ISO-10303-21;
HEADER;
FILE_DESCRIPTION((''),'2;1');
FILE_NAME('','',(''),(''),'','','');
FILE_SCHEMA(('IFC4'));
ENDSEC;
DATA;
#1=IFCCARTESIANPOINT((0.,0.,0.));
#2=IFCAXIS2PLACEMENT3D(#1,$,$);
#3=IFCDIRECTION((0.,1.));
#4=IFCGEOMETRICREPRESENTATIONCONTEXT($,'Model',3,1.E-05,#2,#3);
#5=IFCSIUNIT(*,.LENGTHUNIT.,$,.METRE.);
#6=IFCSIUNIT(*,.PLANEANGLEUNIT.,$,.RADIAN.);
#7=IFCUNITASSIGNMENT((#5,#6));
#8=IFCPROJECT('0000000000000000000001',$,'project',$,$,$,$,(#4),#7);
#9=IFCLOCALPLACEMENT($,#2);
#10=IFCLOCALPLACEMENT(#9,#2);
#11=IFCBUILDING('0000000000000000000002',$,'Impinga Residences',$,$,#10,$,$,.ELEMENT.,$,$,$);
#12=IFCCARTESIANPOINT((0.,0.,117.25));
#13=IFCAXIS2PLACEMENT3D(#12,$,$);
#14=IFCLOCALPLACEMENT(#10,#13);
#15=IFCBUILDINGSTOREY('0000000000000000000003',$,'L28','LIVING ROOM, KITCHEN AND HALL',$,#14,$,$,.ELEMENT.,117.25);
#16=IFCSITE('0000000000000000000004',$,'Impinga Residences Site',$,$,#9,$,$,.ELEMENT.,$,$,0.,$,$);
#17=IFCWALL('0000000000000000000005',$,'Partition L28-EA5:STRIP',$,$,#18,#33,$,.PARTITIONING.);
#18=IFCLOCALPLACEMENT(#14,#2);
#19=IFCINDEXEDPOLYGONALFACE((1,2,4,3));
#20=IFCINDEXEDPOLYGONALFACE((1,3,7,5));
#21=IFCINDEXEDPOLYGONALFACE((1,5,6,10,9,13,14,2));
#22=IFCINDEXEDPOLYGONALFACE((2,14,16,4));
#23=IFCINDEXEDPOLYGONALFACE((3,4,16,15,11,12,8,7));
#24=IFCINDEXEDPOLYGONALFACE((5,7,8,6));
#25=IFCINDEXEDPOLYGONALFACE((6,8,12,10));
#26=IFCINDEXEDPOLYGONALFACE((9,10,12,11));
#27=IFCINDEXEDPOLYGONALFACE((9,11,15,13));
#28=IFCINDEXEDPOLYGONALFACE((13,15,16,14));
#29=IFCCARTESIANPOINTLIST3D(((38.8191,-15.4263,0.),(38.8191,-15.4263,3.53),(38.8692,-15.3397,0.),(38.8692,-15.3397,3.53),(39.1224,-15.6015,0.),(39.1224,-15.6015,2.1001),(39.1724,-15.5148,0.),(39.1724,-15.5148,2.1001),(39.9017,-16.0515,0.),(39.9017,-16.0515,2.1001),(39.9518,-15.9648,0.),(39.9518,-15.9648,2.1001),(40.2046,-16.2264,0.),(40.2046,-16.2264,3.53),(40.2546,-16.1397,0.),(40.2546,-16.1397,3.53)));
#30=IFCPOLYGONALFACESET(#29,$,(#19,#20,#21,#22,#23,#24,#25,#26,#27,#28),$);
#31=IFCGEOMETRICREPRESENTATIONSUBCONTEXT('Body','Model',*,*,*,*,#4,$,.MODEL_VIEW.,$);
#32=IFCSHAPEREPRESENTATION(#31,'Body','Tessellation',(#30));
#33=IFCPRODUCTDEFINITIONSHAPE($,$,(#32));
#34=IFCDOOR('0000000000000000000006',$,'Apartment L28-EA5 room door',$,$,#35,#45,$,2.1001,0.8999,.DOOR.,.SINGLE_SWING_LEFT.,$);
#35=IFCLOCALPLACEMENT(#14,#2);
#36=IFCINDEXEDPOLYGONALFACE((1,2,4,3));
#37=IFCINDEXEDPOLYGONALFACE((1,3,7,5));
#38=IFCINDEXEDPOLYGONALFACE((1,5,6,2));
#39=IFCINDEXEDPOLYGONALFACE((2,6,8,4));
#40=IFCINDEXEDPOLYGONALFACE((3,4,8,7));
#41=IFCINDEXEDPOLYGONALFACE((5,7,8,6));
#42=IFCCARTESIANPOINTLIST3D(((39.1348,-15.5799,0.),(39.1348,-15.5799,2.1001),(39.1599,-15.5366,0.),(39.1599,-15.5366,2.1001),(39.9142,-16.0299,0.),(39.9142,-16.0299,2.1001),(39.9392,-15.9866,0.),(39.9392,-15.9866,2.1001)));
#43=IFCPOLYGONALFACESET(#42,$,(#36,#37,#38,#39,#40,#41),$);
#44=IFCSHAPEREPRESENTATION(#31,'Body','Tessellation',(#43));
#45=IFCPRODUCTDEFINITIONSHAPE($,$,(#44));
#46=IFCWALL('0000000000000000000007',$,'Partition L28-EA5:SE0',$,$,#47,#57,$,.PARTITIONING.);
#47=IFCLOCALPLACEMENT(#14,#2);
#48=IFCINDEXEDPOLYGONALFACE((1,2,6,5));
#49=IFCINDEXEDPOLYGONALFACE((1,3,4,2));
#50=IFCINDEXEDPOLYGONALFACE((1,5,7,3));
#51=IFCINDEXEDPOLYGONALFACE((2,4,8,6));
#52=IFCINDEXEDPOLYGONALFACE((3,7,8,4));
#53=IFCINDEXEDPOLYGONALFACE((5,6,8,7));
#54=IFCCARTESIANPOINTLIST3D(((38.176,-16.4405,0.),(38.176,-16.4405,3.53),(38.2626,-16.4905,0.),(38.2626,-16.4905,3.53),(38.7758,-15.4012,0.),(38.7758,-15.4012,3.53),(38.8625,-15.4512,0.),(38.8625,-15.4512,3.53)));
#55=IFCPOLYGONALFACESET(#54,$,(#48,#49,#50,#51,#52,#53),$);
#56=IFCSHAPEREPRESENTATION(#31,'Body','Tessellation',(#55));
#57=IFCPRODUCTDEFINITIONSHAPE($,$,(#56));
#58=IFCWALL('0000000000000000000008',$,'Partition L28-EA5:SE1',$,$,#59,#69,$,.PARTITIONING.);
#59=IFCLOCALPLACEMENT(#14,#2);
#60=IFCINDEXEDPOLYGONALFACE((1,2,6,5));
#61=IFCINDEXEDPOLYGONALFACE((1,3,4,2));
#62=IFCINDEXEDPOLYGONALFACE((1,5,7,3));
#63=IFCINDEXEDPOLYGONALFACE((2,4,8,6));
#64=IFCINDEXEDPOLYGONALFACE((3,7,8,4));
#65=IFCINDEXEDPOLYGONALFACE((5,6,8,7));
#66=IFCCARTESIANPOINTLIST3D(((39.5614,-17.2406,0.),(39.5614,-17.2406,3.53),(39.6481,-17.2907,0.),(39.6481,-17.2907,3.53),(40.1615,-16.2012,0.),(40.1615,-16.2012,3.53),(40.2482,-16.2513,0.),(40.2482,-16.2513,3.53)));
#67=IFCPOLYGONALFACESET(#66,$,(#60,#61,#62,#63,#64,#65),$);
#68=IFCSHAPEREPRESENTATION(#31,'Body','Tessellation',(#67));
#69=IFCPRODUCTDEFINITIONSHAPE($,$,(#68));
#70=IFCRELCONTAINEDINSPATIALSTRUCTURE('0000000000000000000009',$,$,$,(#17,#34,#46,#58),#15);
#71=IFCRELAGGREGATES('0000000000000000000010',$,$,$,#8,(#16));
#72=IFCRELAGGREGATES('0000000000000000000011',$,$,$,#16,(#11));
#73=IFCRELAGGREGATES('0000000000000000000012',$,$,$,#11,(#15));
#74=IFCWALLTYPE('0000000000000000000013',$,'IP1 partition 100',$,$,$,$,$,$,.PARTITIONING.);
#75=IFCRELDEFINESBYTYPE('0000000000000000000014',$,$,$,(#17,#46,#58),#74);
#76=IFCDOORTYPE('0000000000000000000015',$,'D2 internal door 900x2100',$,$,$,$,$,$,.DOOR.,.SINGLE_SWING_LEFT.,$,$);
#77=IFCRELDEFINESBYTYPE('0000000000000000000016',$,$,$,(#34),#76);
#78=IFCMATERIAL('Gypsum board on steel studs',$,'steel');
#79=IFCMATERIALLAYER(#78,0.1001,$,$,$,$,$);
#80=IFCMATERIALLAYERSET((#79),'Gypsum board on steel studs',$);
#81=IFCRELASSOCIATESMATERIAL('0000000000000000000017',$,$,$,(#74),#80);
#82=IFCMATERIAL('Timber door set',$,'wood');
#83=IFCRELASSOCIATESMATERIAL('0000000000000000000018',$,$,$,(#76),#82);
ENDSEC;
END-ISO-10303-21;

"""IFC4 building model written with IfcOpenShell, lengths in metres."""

from ifc_helpers import new_model, si_unit, direction, frame, frame_2d, origin, place, context, subcontext, project, spatial, rectangle, extrude, material, layer, layer_set, type_object, element, fill, save


model = new_model("IFC4")

# Units and contexts
model_context = context("Model", 3, precision=1e-05, world=origin(), true_north=direction((0.0, 1.0)))
body_context = subcontext(model_context, "Body", "Model", "MODEL_VIEW")
ifc_project = project(units=[si_unit("LENGTHUNIT", "METRE"), si_unit("PLANEANGLEUNIT", "RADIAN")], contexts=[model_context])

# Site, building, storey
site_placement = place(None, origin())
site = spatial("IfcSite", under=ifc_project, at=site_placement, Name="Impinga Residences Site", CompositionType="ELEMENT", RefElevation=0.0)
building_placement = place(site_placement, origin())
building = spatial("IfcBuilding", under=site, at=building_placement, Name="Impinga Residences", CompositionType="ELEMENT")
storey_placement = place(building_placement, frame((0.0, 0.0, 117.25)))
storey = spatial("IfcBuildingStorey", under=building, at=storey_placement, Name="L28", Description="LIVING ROOM, KITCHEN AND HALL", CompositionType="ELEMENT", Elevation=117.25)

# Shared definitions
ifc_material_1 = material(Name="Gypsum board on steel studs", Category="steel")
ifc_layer_1 = layer(ifc_material_1, 0.1001)
ifc_layer_set_1 = layer_set([ifc_layer_1], Name="Gypsum board on steel studs")
wall_type_1 = type_object("IfcWallType", Name="IP1 partition 100", PredefinedType="PARTITIONING", material=ifc_layer_set_1)

# Wall, opening, door
wall_1_placement = place(storey_placement, frame((38.8442, -15.3831, 0.0), z_axis=(0.0, 0.0, 1.0), x_axis=(0.86599, -0.500061, 0.0)))
wall_1 = element("IfcWall", 1, at=wall_1_placement, inside=storey, type_object=wall_type_1, Name="Partition L28-EA5:STRIP", PredefinedType="PARTITIONING", context=body_context, shape_type="SweptSolid", body=[
    extrude(rectangle(XDim=1.5999, YDim=0.1001, at=frame_2d((0.7998, 0.0))), origin(), (0.0, 0.0, 1.0), 3.53),
])
opening_1_placement = place(wall_1_placement, frame((0.3501, 0.0, 0.0)))
opening_1 = element("IfcOpeningElement", 2, at=opening_1_placement, cuts=wall_1, PredefinedType="OPENING", context=body_context, shape_type="SweptSolid", body=[
    extrude(rectangle(XDim=0.8999, YDim=2.1001, at=frame_2d((0.45, 1.05))), frame((0.0, 0.0601, 0.0), z_axis=(0.0, -1.0, 0.0), x_axis=(1.0, 0.0, 0.0)), (0.0, 0.0, 1.0), 0.1201),
])
ifc_material_2 = material(Name="Timber door set", Category="wood")
door_type = type_object("IfcDoorType", Name="D2 internal door 900x2100", OperationType="SINGLE_SWING_LEFT", PredefinedType="DOOR", material=ifc_material_2)
door_placement = place(opening_1_placement, origin())
door = element("IfcDoor", 3, at=door_placement, inside=storey, type_object=door_type, Name="Apartment L28-EA5 room door", OperationType="SINGLE_SWING_LEFT", OverallHeight=2.1001, OverallWidth=0.8999, PredefinedType="DOOR", context=body_context, shape_type="SweptSolid", body=[
    extrude(rectangle(XDim=0.8999, YDim=2.1001, at=frame_2d((0.45, 1.05))), frame((0.0, 0.0249, 0.0), z_axis=(0.0, -1.0, 0.0), x_axis=(1.0, 0.0, 0.0)), (0.0, 0.0, 1.0), 0.05),
])
fill(opening_1, door)

# Walls
wall_2_placement = place(storey_placement, frame((38.2192, -16.4656, 0.0), z_axis=(0.0, 0.0, 1.0), x_axis=(0.499881, 0.866094, 0.0)))
element("IfcWall", 4, at=wall_2_placement, inside=storey, type_object=wall_type_1, Name="Partition L28-EA5:SE0", PredefinedType="PARTITIONING", context=body_context, shape_type="SweptSolid", body=[
    extrude(rectangle(XDim=1.2, YDim=0.1001, at=frame_2d((0.6001, 0.0))), origin(), (0.0, 0.0, 1.0), 3.53),
])
wall_3_placement = place(storey_placement, frame((39.6047, -17.2656, 0.0), z_axis=(0.0, 0.0, 1.0), x_axis=(0.500034, 0.866006, 0.0)))
element("IfcWall", 5, at=wall_3_placement, inside=storey, type_object=wall_type_1, Name="Partition L28-EA5:SE1", PredefinedType="PARTITIONING", context=body_context, shape_type="SweptSolid", body=[
    extrude(rectangle(XDim=1.2002, YDim=0.1001, at=frame_2d((0.6001, 0.0))), origin(), (0.0, 0.0, 1.0), 3.53),
])

save(model, "model.ifc")
